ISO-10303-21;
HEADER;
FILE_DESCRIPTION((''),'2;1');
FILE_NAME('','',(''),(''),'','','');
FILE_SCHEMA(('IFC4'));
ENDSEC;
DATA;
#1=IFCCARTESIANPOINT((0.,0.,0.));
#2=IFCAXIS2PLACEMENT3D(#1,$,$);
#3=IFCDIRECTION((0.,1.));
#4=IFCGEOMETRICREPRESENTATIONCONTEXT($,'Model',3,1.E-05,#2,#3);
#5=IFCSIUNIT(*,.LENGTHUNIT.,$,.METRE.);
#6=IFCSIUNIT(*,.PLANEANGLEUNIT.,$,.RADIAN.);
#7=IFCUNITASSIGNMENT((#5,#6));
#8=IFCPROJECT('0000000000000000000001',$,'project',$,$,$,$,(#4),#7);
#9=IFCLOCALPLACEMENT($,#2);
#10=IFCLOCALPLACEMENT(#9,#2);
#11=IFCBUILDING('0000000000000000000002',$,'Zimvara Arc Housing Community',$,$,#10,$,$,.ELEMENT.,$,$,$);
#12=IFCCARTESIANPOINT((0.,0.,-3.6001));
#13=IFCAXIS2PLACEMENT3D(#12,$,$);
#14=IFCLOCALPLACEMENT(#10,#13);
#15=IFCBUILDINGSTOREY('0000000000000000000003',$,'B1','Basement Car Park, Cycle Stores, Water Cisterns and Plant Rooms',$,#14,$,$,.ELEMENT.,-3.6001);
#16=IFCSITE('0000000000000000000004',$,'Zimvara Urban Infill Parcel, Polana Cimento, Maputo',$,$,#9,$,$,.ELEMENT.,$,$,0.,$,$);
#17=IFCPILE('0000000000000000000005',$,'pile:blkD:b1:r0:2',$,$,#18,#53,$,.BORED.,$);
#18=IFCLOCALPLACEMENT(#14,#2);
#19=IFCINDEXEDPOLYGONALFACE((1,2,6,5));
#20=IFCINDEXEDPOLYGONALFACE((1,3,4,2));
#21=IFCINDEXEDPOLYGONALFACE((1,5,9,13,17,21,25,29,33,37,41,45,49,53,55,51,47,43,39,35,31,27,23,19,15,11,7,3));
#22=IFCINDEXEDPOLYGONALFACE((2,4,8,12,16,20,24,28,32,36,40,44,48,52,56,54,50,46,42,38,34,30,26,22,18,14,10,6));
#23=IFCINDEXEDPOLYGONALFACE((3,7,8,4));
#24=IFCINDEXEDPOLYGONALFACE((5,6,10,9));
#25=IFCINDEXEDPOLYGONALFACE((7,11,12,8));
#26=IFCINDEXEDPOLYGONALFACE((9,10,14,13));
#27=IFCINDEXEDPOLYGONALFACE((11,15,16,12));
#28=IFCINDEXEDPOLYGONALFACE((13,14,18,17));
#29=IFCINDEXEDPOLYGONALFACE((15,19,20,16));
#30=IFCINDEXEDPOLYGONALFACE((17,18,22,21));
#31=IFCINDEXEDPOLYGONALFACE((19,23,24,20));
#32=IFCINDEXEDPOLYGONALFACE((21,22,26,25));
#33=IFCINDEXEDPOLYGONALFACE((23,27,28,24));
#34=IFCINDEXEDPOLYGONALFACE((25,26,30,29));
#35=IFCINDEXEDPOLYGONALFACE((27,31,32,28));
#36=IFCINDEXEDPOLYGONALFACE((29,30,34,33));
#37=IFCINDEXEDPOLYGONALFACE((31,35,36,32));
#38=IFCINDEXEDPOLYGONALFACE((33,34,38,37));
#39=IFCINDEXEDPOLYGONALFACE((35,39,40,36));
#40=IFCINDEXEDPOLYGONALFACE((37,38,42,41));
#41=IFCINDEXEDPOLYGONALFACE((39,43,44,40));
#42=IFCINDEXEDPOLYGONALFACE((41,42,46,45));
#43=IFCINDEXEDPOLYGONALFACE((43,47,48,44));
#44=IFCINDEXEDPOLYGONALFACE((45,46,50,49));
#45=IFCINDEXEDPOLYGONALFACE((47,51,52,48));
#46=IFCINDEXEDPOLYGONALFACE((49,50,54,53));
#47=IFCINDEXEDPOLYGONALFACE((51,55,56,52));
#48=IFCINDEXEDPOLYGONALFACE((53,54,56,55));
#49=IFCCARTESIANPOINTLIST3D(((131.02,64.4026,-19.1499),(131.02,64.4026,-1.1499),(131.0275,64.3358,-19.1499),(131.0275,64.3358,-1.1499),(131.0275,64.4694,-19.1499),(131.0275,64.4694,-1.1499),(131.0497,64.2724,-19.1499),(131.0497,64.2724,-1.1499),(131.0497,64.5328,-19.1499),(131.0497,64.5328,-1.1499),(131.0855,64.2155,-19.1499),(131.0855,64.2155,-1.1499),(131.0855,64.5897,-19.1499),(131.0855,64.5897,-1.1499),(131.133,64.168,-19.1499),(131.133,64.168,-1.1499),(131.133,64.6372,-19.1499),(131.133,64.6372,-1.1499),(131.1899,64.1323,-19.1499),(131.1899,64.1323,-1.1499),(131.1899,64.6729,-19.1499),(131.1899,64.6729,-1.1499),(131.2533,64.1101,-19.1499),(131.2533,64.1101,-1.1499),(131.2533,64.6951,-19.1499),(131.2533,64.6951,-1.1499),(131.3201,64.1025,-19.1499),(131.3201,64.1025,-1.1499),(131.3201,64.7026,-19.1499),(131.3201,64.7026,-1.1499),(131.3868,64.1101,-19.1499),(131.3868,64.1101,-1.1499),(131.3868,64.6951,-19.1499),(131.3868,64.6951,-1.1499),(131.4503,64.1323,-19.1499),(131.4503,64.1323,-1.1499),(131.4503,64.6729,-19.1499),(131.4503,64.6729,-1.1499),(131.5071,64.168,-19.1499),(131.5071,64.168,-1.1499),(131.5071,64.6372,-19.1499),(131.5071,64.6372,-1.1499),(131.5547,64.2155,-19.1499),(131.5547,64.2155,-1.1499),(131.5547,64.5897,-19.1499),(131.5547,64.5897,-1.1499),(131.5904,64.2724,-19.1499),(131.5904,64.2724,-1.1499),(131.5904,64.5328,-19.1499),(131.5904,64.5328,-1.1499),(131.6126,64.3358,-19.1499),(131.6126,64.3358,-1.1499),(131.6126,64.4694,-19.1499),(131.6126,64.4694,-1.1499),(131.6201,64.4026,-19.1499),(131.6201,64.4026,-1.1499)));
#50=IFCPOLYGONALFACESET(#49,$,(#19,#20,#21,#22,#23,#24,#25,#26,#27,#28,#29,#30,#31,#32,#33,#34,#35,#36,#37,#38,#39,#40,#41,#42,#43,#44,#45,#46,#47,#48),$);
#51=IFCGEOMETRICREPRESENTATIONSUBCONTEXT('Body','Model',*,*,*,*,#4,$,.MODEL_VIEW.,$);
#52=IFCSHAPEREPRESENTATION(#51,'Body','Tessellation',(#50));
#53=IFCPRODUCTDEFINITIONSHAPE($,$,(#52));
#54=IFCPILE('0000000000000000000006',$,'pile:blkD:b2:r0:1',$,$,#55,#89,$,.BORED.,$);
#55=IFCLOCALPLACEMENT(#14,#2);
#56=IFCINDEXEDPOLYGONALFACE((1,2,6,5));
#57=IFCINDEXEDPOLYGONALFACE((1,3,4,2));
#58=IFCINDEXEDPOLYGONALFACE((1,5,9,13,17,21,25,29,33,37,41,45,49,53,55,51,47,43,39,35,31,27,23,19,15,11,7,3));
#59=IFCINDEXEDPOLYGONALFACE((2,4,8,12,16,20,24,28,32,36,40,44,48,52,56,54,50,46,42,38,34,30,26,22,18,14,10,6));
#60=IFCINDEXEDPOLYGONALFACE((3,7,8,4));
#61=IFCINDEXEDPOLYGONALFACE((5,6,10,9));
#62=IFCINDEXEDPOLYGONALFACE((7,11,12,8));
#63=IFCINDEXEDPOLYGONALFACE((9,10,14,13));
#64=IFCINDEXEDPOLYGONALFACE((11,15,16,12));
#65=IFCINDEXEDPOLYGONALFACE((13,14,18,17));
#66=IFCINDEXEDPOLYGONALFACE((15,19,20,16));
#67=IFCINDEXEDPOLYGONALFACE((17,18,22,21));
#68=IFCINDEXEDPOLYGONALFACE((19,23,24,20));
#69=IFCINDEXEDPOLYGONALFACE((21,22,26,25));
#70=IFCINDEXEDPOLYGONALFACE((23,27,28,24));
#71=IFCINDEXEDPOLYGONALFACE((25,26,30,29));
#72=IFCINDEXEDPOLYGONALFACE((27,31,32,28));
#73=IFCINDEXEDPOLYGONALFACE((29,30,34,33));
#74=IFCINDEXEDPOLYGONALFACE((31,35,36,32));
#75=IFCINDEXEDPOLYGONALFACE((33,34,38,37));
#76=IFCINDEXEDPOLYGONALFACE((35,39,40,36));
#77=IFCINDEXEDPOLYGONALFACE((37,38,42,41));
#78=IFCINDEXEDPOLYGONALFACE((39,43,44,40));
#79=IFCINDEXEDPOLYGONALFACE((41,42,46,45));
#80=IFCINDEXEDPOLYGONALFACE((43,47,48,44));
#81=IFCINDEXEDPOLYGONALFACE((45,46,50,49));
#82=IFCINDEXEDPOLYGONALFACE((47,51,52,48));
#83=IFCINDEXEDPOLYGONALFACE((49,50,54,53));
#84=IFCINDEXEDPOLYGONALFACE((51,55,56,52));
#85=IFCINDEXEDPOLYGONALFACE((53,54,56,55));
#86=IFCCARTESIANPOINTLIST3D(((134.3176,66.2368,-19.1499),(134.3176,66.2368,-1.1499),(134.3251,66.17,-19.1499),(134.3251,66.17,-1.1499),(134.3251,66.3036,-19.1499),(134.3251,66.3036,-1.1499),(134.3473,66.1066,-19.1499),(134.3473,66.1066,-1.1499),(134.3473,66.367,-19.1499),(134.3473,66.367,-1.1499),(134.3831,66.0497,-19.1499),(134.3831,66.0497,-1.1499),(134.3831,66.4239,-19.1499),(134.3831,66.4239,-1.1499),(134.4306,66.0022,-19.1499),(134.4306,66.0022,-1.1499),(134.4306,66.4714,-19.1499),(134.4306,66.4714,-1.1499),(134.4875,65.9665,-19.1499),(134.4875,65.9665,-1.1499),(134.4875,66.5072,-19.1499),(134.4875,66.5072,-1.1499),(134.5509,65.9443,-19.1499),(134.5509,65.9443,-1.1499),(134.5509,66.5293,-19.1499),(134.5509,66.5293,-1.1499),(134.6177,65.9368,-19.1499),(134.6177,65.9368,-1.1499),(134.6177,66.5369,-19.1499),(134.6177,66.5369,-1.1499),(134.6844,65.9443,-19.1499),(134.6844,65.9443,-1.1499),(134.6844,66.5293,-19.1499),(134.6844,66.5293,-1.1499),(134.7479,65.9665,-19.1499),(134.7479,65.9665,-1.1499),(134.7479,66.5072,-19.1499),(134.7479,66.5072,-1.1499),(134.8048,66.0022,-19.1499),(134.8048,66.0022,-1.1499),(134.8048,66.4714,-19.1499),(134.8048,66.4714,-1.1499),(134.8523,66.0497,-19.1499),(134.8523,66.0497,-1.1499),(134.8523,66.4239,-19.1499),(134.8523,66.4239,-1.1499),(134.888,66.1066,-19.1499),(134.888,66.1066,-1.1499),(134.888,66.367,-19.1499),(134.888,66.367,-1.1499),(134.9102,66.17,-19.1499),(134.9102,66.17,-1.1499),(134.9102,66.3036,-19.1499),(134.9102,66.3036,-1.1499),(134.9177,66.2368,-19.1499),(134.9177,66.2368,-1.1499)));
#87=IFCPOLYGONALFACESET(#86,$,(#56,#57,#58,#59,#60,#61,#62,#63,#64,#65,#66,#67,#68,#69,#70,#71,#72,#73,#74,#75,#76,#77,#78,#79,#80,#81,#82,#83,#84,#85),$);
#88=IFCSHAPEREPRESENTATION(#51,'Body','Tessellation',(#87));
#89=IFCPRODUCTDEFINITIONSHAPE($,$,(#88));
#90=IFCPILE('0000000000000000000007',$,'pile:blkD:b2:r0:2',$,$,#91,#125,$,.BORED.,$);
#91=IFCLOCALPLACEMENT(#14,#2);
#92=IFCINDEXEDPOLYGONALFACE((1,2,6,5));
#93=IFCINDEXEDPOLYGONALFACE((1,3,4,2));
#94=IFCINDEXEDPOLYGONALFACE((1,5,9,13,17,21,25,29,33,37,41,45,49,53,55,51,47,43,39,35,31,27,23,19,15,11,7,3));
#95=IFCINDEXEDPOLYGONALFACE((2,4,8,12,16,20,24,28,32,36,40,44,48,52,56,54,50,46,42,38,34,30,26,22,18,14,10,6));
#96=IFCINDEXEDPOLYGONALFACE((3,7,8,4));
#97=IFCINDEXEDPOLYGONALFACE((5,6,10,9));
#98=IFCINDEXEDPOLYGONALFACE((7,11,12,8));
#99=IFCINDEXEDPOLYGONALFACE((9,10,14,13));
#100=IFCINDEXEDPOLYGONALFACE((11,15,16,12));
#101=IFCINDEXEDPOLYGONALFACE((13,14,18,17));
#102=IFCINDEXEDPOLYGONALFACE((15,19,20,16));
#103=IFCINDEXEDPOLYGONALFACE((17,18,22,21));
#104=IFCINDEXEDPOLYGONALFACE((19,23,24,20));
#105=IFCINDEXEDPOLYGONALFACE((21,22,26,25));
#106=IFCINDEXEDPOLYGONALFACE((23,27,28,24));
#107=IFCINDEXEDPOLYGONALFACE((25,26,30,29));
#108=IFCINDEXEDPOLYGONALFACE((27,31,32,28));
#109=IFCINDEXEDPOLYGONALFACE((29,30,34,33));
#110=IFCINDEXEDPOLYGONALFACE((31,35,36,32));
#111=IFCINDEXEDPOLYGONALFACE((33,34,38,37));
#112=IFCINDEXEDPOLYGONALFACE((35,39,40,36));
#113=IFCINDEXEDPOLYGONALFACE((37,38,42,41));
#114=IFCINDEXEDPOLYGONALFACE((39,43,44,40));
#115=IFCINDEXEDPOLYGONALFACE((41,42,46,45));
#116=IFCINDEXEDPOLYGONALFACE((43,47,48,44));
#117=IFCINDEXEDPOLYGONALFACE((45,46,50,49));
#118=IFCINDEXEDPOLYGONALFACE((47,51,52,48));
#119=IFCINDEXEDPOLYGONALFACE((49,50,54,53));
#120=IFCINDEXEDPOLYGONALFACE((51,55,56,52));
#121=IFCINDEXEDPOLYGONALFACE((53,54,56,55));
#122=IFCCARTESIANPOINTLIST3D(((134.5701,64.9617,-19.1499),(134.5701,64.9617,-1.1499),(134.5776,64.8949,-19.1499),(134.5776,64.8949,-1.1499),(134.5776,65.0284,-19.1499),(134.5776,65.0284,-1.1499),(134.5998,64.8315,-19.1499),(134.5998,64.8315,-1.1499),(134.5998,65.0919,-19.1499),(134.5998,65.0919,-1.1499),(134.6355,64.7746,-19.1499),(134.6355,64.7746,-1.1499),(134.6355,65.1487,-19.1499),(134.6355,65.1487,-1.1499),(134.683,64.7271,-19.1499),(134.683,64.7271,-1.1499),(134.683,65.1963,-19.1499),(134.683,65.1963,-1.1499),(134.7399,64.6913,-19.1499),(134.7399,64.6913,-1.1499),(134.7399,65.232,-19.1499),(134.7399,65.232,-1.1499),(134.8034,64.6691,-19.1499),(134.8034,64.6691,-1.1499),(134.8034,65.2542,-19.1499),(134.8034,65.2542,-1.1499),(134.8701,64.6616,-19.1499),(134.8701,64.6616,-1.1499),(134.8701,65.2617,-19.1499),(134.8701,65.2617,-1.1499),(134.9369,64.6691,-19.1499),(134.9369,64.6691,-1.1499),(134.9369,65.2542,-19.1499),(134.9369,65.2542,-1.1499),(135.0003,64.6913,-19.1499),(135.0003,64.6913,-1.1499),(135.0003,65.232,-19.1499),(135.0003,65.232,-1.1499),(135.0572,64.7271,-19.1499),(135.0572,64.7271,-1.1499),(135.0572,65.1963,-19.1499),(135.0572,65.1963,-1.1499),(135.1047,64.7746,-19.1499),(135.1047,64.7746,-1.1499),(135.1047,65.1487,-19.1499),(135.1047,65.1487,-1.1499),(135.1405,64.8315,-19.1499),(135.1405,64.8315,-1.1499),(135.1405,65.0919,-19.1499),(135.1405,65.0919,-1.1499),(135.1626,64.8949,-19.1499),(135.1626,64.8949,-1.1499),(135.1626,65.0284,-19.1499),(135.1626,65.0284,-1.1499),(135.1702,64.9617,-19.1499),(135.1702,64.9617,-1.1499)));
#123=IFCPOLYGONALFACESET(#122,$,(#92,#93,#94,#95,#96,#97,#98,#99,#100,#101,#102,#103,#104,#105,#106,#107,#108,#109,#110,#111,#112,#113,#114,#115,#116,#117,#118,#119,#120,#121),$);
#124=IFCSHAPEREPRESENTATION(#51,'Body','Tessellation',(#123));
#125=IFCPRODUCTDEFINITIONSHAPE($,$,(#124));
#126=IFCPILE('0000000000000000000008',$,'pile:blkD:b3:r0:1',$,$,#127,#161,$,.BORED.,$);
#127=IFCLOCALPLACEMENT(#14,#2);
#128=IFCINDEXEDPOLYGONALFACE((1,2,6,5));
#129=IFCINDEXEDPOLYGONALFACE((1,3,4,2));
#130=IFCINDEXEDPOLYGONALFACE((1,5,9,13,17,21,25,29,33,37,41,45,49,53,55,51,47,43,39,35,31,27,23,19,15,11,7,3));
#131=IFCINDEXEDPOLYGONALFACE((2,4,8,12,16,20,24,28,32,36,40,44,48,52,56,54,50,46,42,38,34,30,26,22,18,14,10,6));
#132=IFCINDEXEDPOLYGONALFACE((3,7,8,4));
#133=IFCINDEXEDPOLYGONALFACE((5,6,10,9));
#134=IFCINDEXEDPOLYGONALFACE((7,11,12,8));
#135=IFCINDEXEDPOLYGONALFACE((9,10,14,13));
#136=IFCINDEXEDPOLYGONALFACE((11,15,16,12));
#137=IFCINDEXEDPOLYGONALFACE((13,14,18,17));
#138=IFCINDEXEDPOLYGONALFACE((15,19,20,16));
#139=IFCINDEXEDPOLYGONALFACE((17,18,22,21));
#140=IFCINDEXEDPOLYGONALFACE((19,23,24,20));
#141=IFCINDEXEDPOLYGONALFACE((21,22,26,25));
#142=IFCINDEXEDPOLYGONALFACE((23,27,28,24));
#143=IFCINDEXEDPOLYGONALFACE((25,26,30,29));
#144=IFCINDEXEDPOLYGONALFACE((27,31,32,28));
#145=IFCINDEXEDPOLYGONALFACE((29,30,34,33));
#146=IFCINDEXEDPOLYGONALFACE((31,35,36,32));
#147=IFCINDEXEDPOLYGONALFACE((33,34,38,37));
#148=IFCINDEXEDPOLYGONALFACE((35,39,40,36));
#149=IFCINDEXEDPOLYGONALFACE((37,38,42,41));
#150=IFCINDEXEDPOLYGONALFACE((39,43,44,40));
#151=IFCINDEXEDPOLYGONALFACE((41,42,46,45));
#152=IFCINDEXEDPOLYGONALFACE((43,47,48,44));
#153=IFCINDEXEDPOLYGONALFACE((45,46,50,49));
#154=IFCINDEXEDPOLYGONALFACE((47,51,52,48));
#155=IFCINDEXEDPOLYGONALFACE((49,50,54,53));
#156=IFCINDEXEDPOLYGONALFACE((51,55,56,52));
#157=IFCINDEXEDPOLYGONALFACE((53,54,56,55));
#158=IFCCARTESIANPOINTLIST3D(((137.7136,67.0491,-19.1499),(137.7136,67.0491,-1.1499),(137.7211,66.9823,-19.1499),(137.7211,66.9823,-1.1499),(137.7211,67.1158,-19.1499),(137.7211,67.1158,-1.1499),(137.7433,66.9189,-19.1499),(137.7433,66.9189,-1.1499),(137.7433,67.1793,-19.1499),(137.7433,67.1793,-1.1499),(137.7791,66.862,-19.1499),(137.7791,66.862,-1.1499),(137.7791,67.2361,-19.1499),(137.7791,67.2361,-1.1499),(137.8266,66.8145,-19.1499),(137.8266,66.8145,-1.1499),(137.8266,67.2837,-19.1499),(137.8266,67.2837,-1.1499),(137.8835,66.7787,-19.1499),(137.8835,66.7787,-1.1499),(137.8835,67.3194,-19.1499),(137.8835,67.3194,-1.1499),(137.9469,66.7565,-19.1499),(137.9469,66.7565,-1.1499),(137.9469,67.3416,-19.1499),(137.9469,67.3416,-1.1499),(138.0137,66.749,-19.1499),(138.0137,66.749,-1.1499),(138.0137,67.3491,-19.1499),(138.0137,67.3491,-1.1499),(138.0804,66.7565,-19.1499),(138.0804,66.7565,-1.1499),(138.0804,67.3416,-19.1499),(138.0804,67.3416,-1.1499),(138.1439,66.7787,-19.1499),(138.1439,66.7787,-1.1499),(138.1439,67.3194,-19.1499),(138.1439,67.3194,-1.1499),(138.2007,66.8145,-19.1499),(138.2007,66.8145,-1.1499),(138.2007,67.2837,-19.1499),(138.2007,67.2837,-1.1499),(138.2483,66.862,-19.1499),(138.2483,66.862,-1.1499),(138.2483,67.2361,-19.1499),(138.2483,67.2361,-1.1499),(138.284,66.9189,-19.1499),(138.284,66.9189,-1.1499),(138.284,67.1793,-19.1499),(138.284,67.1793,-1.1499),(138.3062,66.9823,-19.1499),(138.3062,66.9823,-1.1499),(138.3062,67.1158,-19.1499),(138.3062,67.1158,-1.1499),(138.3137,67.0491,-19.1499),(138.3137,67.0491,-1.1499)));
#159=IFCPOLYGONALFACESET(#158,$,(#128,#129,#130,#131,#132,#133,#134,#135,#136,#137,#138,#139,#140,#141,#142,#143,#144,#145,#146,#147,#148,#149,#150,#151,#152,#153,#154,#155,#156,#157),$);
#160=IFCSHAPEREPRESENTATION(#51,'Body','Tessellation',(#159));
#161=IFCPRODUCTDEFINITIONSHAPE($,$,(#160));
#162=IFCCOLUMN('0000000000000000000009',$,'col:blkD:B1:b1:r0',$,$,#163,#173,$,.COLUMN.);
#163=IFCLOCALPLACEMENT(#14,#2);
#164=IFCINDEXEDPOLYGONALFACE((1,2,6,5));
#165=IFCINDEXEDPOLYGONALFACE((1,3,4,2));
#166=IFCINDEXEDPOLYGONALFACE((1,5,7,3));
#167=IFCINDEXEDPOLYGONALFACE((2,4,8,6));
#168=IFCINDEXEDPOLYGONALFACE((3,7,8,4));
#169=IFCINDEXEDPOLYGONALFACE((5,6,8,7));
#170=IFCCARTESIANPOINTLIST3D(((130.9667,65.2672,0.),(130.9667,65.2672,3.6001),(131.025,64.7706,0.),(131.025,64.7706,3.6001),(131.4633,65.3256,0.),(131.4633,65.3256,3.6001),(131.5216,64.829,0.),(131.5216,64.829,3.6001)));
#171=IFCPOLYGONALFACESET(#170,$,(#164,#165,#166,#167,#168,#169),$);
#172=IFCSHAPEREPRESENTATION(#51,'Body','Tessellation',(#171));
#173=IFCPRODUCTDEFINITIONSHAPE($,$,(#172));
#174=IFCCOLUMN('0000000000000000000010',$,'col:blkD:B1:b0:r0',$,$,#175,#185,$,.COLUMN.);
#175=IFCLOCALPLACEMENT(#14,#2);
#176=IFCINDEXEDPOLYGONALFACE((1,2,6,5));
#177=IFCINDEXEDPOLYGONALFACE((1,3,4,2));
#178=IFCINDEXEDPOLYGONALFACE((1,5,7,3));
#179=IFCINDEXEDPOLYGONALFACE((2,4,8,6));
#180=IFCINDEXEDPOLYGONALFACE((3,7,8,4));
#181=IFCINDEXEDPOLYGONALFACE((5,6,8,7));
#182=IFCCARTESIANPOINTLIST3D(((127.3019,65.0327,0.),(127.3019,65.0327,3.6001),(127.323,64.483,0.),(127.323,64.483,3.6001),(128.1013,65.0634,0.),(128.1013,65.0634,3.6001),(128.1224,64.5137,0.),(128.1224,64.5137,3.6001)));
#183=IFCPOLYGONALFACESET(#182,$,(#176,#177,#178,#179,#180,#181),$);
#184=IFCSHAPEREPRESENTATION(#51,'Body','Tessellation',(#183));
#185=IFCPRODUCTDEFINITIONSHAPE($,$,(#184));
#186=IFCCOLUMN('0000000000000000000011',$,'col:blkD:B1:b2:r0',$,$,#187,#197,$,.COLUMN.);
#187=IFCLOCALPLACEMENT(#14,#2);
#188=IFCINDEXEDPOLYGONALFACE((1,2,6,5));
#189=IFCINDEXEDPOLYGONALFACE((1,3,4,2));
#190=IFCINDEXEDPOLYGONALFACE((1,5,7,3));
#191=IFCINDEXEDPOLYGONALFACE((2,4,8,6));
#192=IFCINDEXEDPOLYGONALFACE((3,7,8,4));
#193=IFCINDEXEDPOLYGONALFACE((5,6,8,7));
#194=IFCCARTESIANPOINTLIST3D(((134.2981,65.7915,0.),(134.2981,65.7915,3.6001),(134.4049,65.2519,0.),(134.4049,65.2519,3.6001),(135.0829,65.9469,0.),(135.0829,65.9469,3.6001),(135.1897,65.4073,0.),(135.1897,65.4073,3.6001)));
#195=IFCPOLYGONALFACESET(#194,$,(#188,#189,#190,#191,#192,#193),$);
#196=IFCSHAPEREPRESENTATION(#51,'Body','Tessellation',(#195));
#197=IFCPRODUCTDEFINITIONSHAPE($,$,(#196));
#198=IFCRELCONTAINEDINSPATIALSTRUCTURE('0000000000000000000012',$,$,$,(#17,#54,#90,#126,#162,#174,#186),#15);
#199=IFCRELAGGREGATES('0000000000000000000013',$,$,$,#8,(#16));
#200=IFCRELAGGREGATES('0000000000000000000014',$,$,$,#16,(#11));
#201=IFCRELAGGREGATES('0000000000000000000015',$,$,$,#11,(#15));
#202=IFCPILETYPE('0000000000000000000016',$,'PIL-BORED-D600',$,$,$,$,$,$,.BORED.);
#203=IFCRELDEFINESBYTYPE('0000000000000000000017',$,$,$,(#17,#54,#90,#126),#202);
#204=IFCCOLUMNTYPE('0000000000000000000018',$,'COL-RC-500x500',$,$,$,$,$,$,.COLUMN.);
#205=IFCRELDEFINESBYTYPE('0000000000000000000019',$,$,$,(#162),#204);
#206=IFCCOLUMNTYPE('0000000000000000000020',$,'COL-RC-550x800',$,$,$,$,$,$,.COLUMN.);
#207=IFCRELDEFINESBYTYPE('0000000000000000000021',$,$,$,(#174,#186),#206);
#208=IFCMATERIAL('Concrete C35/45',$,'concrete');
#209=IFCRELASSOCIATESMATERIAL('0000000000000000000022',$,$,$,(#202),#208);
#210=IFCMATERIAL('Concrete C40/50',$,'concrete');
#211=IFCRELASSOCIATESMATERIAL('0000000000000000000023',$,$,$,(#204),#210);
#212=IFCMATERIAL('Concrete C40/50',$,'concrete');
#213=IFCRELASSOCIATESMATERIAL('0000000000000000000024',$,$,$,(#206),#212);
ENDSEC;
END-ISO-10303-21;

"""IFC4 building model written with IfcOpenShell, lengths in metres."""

from ifc_helpers import new_model, si_unit, direction, frame, origin, origin_2d, place, context, subcontext, project, spatial, rectangle, circle, extrude, material, material_profile, profile_set, type_object, element, save


model = new_model("IFC4")

# Units and contexts
model_context = context("Model", 3, precision=1e-05, world=origin(), true_north=direction((0.0, 1.0)))
body_context = subcontext(model_context, "Body", "Model", "MODEL_VIEW")
ifc_project = project(units=[si_unit("LENGTHUNIT", "METRE"), si_unit("PLANEANGLEUNIT", "RADIAN")], contexts=[model_context])

# Site, building, storey
site_placement = place(None, origin())
site = spatial("IfcSite", under=ifc_project, at=site_placement, Name="Zimvara Urban Infill Parcel, Polana Cimento, Maputo", CompositionType="ELEMENT", RefElevation=0.0)
building_placement = place(site_placement, origin())
building = spatial("IfcBuilding", under=site, at=building_placement, Name="Zimvara Arc Housing Community", CompositionType="ELEMENT")
storey_placement = place(building_placement, frame((0.0, 0.0, -3.6001)))
storey = spatial("IfcBuildingStorey", under=building, at=storey_placement, Name="B1", Description="Basement Car Park, Cycle Stores, Water Cisterns and Plant Rooms", CompositionType="ELEMENT", Elevation=-3.6001)

# Piles
ifc_material_1 = material(Name="Concrete C35/45", Category="concrete")
ifc_material_profile_1 = material_profile(ifc_material_1, circle(Radius=0.3, at=origin_2d()), Name="PILE D600")
ifc_profile_set_1 = profile_set([ifc_material_profile_1], Name="Concrete C35/45")
pile_type = type_object("IfcPileType", Name="PIL-BORED-D600", PredefinedType="BORED", material=ifc_profile_set_1)
for number, where, z_axis, x_axis, name in (
    (1, (131.3201, 64.4026, -1.1499), (0.0, 0.0, -1.0), (1.0, 0.0, 0.0), "pile:blkD:b1:r0:2"),
    (2, (134.6177, 66.2368, -1.1499), (0.0, 0.0, -1.0), (1.0, 0.0, 0.0), "pile:blkD:b2:r0:1"),
    (3, (134.8701, 64.9617, -1.1499), (0.0, 0.0, -1.0), (1.0, 0.0, 0.0), "pile:blkD:b2:r0:2"),
    (4, (138.0137, 67.0491, -1.1499), (0.0, 0.0, -1.0), (1.0, 0.0, 0.0), "pile:blkD:b3:r0:1"),
):
    element("IfcPile", number, at=place(storey_placement, frame(where, z_axis=z_axis, x_axis=x_axis)), inside=storey, type_object=pile_type, Name=name, PredefinedType="BORED", context=body_context, shape_type="SweptSolid", body=[
        extrude(circle(Radius=0.3, at=origin_2d()), origin(), (0.0, 0.0, 1.0), 18.0),
    ])

# Columns
ifc_material_2 = material(Name="Concrete C40/50", Category="concrete")
ifc_material_profile_2 = material_profile(ifc_material_2, rectangle(XDim=0.5, YDim=0.5, at=origin_2d()), Name="RC 500x500")
ifc_profile_set_2 = profile_set([ifc_material_profile_2], Name="Concrete C40/50")
column_type_1 = type_object("IfcColumnType", Name="COL-RC-500x500", PredefinedType="COLUMN", material=ifc_profile_set_2)
column_placement = place(storey_placement, frame((131.2441, 65.0481, 0.0), z_axis=(0.0, 0.0, 1.0), x_axis=(0.116671, -0.993171, 0.0)))
element("IfcColumn", 5, at=column_placement, inside=storey, type_object=column_type_1, Name="col:blkD:B1:b1:r0", PredefinedType="COLUMN", context=body_context, shape_type="SweptSolid", body=[
    extrude(rectangle(XDim=0.5, YDim=0.5, at=origin_2d()), origin(), (0.0, 0.0, 1.0), 3.6001),
])
ifc_material_3 = material(Name="Concrete C40/50", Category="concrete")
ifc_material_profile_3 = material_profile(ifc_material_3, rectangle(XDim=0.55, YDim=0.8, at=origin_2d()), Name="RC 550x800")
ifc_profile_set_3 = profile_set([ifc_material_profile_3], Name="Concrete C40/50")
column_type_2 = type_object("IfcColumnType", Name="COL-RC-550x800", PredefinedType="COLUMN", material=ifc_profile_set_3)
for number, where, z_axis, x_axis, name in (
    (6, (127.7122, 64.7732, 0.0), (0.0, 0.0, 1.0), (0.038388, -0.999263, 0.0), "col:blkD:B1:b0:r0"),
    (7, (134.7439, 65.5994, 0.0), (0.0, 0.0, 1.0), (0.194234, -0.980955, 0.0), "col:blkD:B1:b2:r0"),
):
    element("IfcColumn", number, at=place(storey_placement, frame(where, z_axis=z_axis, x_axis=x_axis)), inside=storey, type_object=column_type_2, Name=name, PredefinedType="COLUMN", context=body_context, shape_type="SweptSolid", body=[
        extrude(rectangle(XDim=0.55, YDim=0.8, at=origin_2d()), origin(), (0.0, 0.0, 1.0), 3.6001),
    ])

save(model, "model.ifc")
